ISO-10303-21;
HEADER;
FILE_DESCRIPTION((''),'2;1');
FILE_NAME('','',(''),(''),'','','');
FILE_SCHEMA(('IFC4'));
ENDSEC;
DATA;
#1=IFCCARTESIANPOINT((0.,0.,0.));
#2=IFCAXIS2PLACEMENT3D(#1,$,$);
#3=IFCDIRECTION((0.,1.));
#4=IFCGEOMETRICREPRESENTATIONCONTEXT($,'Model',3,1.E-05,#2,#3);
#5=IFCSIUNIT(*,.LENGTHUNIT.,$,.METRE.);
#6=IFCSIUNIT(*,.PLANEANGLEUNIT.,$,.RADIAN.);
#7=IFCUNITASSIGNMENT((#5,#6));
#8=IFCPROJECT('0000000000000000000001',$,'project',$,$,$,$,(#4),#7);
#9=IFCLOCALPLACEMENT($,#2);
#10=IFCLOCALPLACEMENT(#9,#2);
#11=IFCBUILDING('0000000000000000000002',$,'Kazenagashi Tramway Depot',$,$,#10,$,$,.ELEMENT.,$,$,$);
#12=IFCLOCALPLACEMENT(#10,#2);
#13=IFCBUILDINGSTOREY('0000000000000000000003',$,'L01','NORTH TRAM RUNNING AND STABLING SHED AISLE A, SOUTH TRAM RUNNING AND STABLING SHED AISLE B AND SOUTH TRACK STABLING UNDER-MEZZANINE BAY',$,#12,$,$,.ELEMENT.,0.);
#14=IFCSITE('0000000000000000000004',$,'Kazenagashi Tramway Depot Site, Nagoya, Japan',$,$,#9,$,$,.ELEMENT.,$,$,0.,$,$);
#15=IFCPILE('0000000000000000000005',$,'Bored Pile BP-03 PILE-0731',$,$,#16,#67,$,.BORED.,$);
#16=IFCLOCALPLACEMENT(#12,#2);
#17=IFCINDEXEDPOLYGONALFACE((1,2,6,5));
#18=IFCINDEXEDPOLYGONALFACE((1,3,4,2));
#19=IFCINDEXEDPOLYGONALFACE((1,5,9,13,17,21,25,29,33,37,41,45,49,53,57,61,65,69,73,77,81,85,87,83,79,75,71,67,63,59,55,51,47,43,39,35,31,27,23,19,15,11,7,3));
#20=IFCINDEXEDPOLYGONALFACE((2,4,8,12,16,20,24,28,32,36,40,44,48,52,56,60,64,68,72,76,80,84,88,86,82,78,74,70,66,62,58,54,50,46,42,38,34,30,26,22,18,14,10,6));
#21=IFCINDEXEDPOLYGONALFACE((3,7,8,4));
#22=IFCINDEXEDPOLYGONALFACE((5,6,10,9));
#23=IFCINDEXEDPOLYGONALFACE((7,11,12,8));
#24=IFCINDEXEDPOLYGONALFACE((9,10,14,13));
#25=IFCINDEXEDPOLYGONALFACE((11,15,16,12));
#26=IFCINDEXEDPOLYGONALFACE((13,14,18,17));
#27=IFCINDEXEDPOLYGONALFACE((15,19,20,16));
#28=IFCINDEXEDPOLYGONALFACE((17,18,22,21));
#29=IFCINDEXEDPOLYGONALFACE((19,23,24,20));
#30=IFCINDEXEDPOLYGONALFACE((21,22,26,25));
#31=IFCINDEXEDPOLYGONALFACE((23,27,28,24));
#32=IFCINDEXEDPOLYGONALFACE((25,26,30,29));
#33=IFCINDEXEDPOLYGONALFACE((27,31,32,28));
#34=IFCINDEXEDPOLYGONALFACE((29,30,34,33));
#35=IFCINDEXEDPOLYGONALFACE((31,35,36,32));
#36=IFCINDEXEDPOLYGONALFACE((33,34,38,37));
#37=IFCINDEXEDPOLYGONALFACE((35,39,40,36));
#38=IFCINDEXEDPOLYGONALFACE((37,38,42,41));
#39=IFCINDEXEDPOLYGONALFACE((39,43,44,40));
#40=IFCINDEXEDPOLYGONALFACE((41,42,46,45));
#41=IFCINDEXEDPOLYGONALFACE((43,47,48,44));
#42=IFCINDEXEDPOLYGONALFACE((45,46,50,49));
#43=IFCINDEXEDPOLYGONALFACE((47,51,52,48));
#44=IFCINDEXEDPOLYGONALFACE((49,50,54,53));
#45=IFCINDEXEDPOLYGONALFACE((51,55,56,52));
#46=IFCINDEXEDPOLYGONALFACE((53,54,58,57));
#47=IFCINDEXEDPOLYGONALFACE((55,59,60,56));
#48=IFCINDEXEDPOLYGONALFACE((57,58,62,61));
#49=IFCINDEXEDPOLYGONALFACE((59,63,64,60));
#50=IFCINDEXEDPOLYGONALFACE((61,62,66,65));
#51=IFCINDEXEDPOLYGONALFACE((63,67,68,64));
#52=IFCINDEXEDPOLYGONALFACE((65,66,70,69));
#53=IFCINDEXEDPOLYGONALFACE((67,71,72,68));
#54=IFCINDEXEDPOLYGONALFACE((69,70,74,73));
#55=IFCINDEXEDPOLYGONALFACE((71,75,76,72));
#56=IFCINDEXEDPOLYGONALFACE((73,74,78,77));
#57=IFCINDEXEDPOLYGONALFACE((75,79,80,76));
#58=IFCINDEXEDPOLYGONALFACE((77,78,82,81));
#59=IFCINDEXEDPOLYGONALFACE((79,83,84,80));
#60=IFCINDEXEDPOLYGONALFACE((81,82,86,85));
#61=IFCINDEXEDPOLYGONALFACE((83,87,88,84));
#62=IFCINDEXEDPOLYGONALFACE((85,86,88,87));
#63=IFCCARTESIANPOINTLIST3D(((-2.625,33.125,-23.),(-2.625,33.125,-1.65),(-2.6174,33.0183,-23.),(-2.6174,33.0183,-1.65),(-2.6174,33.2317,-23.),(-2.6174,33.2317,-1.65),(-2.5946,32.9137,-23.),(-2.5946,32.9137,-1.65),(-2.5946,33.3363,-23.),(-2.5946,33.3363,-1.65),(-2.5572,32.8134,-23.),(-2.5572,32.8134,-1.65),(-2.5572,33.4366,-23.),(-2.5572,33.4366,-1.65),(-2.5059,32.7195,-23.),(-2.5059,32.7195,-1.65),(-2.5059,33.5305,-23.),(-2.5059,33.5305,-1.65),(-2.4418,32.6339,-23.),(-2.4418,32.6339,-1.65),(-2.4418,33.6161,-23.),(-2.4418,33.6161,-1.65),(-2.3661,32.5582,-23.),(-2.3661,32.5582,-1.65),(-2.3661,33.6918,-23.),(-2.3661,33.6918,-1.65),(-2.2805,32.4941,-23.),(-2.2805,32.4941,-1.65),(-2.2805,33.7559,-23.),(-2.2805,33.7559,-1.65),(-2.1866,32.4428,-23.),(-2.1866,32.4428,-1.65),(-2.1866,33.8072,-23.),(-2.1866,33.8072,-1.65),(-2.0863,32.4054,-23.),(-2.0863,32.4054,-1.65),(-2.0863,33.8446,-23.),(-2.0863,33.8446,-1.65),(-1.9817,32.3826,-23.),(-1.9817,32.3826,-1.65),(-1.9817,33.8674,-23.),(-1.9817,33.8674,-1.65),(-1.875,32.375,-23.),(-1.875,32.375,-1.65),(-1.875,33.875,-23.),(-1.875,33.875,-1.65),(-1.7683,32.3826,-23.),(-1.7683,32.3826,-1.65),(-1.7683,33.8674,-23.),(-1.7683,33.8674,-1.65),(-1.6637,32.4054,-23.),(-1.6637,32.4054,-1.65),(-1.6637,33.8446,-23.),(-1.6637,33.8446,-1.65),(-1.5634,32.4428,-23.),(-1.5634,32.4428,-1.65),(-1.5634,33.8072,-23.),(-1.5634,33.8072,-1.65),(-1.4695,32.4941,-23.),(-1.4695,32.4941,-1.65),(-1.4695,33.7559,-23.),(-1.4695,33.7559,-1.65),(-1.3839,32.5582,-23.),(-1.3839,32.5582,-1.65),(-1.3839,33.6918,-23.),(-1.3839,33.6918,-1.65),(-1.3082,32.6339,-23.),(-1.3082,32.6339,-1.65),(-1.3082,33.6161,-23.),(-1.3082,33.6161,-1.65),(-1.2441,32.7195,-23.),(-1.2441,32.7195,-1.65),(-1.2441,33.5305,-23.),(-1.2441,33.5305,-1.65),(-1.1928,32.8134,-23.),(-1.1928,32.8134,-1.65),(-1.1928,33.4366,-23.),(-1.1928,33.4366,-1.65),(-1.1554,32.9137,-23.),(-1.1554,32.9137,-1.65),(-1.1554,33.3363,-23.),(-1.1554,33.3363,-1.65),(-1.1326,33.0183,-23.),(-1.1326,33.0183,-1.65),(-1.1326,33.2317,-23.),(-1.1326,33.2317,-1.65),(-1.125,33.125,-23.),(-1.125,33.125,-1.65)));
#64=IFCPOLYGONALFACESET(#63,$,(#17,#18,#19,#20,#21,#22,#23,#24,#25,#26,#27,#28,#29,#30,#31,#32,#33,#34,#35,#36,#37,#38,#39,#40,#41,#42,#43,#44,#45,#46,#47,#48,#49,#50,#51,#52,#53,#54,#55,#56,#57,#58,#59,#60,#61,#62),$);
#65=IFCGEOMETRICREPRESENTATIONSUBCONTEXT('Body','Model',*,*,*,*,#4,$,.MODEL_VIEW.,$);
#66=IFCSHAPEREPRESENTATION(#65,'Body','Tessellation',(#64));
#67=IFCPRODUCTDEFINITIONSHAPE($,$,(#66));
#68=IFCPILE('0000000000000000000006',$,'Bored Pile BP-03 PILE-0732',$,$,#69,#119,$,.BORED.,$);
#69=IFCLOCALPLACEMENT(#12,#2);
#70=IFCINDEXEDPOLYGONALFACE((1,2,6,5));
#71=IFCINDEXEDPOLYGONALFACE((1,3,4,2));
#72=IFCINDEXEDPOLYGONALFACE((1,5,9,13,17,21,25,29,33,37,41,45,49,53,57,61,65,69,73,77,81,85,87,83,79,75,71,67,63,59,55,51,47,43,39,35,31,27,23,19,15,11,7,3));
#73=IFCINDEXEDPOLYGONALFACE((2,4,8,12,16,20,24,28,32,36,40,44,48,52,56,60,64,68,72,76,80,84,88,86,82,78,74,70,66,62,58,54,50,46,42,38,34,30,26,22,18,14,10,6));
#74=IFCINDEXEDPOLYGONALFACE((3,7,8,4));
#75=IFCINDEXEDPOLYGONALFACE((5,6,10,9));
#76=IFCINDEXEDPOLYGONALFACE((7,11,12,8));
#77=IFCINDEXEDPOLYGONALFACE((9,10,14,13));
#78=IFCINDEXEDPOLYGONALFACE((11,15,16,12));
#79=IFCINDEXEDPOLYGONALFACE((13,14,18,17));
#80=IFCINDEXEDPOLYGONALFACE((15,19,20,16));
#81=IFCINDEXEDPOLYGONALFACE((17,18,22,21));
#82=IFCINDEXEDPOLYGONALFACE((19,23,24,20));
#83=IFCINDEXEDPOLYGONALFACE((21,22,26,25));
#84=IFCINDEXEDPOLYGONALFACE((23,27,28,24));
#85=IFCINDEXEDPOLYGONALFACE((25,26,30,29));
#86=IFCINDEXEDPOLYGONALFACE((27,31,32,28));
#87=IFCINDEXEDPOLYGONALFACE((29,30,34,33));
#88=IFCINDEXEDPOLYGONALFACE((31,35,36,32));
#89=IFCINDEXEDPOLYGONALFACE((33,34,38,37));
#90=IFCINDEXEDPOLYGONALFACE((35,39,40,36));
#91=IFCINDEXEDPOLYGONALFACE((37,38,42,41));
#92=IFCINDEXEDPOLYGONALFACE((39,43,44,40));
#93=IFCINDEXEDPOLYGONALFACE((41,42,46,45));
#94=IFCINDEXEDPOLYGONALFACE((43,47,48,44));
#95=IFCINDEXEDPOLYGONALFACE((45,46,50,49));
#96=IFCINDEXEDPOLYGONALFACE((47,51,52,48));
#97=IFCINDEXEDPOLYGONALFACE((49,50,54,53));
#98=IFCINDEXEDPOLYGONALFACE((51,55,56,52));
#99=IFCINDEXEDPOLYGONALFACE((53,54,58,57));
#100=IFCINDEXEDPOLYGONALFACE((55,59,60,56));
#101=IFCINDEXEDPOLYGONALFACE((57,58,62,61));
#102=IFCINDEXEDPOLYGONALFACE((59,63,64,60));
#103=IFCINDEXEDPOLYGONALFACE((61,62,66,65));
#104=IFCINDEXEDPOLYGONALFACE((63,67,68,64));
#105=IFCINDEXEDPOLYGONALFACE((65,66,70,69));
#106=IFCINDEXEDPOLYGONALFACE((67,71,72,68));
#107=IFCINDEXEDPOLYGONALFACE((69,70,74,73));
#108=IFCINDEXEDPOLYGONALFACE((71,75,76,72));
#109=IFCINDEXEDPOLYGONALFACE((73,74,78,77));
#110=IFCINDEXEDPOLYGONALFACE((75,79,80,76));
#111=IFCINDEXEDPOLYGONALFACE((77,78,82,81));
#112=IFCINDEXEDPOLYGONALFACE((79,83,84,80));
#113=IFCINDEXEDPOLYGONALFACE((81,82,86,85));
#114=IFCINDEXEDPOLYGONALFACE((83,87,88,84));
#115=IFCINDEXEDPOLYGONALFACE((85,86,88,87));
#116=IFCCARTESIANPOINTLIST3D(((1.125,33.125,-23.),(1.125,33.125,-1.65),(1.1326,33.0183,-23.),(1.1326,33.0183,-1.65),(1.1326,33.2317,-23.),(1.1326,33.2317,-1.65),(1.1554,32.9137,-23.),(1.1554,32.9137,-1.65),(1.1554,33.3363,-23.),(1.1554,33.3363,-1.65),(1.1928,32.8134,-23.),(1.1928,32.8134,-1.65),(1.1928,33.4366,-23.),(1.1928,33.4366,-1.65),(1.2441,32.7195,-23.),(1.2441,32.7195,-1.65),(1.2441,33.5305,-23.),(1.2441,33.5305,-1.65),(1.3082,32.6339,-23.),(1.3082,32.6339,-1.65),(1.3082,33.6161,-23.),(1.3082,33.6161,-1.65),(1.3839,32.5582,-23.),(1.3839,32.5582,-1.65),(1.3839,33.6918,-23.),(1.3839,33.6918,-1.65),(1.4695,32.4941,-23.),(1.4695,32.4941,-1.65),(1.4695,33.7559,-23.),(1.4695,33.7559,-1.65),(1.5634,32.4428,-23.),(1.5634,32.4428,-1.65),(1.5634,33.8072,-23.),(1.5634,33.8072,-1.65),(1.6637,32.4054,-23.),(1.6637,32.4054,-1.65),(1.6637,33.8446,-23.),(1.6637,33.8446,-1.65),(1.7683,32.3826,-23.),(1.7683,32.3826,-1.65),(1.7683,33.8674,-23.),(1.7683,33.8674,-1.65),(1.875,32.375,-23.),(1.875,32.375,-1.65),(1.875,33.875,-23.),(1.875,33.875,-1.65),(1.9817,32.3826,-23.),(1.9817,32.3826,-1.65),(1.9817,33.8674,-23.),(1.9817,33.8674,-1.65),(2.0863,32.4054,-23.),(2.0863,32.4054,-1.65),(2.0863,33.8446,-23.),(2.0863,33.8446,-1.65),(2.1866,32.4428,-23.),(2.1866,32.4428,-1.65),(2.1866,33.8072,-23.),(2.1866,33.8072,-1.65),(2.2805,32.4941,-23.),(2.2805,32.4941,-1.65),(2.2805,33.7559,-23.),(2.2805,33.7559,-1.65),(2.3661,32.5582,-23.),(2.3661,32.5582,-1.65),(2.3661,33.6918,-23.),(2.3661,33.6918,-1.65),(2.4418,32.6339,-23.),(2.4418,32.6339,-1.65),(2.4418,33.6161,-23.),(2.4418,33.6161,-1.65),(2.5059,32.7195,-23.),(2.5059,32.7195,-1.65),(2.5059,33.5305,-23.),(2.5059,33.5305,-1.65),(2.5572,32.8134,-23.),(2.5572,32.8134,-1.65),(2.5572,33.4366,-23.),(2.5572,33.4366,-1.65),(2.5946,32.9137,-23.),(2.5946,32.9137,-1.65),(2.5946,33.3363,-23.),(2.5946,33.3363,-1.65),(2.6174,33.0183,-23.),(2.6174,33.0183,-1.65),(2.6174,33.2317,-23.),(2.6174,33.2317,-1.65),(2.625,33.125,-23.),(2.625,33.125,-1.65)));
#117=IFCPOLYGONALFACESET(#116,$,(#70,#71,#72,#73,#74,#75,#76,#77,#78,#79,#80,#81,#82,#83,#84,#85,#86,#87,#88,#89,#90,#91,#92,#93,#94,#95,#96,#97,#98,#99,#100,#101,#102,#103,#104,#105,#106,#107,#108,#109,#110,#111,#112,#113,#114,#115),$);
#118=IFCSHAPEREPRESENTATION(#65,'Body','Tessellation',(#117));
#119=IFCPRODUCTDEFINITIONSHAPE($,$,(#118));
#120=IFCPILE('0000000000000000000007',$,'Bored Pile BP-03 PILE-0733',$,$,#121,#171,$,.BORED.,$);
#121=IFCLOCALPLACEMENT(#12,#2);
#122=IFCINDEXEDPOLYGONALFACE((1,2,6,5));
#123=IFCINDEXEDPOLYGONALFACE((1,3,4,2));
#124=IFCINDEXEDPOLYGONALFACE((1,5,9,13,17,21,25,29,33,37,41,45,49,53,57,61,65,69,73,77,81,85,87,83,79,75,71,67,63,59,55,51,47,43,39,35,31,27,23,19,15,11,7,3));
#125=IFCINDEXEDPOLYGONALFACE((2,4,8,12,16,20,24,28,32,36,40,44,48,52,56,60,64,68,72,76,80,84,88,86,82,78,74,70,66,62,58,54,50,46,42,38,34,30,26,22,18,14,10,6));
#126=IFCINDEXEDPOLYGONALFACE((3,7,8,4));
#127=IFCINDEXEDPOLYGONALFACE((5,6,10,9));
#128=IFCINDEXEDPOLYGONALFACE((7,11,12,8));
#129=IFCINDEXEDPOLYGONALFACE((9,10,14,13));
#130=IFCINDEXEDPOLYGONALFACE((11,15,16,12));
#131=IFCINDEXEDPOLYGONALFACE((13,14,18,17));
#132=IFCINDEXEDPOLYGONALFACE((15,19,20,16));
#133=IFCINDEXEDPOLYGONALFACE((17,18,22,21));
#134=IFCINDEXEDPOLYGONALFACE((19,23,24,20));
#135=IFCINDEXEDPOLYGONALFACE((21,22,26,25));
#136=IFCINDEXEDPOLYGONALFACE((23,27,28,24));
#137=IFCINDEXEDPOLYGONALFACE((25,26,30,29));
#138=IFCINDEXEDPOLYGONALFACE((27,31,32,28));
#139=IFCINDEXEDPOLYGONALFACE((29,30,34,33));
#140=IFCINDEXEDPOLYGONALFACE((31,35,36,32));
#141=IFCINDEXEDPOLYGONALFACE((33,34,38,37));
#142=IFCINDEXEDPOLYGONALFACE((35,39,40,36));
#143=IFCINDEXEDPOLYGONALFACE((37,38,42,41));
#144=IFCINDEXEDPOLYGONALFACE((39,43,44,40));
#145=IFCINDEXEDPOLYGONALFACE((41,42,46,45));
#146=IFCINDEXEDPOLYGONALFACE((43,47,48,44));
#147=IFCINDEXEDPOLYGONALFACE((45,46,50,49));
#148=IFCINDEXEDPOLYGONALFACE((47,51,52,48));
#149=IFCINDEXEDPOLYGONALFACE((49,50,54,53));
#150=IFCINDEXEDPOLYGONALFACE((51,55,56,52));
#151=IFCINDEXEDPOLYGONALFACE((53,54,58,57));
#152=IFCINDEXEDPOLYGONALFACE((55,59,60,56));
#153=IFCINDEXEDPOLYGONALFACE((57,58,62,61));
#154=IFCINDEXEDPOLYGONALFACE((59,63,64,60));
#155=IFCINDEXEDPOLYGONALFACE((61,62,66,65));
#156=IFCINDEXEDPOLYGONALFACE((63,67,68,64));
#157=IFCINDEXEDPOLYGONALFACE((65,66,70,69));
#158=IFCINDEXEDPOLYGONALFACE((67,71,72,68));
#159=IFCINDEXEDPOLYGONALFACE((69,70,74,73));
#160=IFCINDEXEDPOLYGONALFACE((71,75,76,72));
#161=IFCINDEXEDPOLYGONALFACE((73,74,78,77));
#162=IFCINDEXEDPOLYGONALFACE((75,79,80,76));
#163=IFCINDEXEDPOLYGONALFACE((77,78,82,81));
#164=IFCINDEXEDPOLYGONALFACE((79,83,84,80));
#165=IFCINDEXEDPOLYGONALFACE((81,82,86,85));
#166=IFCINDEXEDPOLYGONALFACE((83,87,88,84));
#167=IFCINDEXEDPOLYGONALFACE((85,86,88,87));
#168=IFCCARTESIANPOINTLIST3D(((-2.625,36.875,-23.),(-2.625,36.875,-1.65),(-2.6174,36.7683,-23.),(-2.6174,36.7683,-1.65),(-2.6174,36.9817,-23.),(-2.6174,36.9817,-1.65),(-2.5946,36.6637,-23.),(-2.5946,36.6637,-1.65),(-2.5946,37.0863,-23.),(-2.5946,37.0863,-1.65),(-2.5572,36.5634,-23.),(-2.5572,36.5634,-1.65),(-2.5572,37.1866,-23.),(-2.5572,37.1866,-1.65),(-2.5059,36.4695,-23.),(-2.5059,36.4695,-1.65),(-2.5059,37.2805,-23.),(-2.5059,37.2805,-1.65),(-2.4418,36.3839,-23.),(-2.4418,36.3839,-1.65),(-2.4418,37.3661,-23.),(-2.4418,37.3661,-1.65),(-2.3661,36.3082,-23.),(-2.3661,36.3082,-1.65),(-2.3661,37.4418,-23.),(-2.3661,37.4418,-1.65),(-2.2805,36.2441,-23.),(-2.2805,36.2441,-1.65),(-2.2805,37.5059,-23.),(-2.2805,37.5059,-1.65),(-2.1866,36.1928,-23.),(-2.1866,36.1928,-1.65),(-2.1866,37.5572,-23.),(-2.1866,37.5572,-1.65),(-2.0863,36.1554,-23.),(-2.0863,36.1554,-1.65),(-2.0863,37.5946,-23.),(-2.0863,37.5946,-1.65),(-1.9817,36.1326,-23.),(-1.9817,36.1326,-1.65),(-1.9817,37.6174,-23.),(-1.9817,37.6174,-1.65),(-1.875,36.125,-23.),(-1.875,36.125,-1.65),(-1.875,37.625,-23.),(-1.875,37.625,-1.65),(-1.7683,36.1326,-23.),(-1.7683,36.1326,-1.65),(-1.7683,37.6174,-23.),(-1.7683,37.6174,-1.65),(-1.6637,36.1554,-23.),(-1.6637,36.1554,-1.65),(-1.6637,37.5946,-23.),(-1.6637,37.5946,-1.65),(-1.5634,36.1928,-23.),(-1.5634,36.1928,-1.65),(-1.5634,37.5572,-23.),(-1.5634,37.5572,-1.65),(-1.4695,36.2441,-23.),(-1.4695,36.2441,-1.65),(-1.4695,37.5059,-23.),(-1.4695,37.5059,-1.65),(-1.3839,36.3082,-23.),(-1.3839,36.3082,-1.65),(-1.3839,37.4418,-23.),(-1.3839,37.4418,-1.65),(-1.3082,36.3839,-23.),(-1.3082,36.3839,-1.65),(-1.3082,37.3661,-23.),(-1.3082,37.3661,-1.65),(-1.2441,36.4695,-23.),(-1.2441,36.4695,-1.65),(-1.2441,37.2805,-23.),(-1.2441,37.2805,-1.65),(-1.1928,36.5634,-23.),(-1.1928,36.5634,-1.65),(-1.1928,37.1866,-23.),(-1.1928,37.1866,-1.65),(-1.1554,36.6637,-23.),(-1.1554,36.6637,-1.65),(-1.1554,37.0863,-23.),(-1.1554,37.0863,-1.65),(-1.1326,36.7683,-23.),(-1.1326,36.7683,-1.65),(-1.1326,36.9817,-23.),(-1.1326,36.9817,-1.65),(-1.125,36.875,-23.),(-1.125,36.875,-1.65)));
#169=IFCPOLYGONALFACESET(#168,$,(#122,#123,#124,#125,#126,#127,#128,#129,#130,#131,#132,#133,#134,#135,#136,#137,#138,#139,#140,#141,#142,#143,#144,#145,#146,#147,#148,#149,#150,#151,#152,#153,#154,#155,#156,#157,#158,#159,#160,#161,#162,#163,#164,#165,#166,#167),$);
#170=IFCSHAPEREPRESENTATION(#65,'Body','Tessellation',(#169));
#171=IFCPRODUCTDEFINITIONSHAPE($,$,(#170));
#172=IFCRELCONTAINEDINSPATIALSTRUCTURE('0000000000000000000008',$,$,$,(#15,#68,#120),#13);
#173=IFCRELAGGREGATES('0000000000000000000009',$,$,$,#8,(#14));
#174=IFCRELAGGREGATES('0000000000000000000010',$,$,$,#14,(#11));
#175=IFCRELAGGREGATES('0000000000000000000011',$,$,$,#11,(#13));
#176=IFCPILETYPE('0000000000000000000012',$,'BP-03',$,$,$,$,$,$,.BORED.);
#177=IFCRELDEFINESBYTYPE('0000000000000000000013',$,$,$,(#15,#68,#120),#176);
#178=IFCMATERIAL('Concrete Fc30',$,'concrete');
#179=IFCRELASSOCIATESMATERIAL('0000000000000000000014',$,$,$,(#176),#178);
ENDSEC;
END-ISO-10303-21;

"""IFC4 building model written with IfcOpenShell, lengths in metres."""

from ifc_helpers import new_model, si_unit, direction, frame, origin, origin_2d, place, context, subcontext, project, spatial, circle, extrude, material, material_profile, profile_set, type_object, element, save


model = new_model("IFC4")

# Units and contexts
model_context = context("Model", 3, precision=1e-05, world=origin(), true_north=direction((0.0, 1.0)))
body_context = subcontext(model_context, "Body", "Model", "MODEL_VIEW")
ifc_project = project(units=[si_unit("LENGTHUNIT", "METRE"), si_unit("PLANEANGLEUNIT", "RADIAN")], contexts=[model_context])

# Site, building, storey
site_placement = place(None, origin())
site = spatial("IfcSite", under=ifc_project, at=site_placement, Name="Kazenagashi Tramway Depot Site, Nagoya, Japan", CompositionType="ELEMENT", RefElevation=0.0)
building_placement = place(site_placement, origin())
building = spatial("IfcBuilding", under=site, at=building_placement, Name="Kazenagashi Tramway Depot", CompositionType="ELEMENT")
storey_placement = place(building_placement, origin())
storey = spatial("IfcBuildingStorey", under=building, at=storey_placement, Name="L01", Description="NORTH TRAM RUNNING AND STABLING SHED AISLE A, SOUTH TRAM RUNNING AND STABLING SHED AISLE B AND SOUTH TRACK STABLING UNDER-MEZZANINE BAY", CompositionType="ELEMENT", Elevation=0.0)

# Piles
ifc_material_1 = material(Name="Concrete Fc30", Category="concrete")
ifc_material_profile_1 = material_profile(ifc_material_1, circle(Radius=0.75, at=origin_2d()), Name="PILE-1500")
ifc_profile_set_1 = profile_set([ifc_material_profile_1], Name="Concrete Fc30")
pile_type = type_object("IfcPileType", Name="BP-03", PredefinedType="BORED", material=ifc_profile_set_1)
for number, where, z_axis, x_axis, name in (
    (1, (-1.875, 33.125, -1.65), (0.0, 0.0, -1.0), (1.0, 0.0, 0.0), "Bored Pile BP-03 PILE-0731"),
    (2, (1.875, 33.125, -1.65), (0.0, 0.0, -1.0), (1.0, 0.0, 0.0), "Bored Pile BP-03 PILE-0732"),
    (3, (-1.875, 36.875, -1.65), (0.0, 0.0, -1.0), (1.0, 0.0, 0.0), "Bored Pile BP-03 PILE-0733"),
):
    element("IfcPile", number, at=place(storey_placement, frame(where, z_axis=z_axis, x_axis=x_axis)), inside=storey, type_object=pile_type, Name=name, PredefinedType="BORED", context=body_context, shape_type="SweptSolid", body=[
        extrude(circle(Radius=0.75, at=origin_2d()), origin(), (0.0, 0.0, 1.0), 21.35),
    ])

save(model, "model.ifc")
